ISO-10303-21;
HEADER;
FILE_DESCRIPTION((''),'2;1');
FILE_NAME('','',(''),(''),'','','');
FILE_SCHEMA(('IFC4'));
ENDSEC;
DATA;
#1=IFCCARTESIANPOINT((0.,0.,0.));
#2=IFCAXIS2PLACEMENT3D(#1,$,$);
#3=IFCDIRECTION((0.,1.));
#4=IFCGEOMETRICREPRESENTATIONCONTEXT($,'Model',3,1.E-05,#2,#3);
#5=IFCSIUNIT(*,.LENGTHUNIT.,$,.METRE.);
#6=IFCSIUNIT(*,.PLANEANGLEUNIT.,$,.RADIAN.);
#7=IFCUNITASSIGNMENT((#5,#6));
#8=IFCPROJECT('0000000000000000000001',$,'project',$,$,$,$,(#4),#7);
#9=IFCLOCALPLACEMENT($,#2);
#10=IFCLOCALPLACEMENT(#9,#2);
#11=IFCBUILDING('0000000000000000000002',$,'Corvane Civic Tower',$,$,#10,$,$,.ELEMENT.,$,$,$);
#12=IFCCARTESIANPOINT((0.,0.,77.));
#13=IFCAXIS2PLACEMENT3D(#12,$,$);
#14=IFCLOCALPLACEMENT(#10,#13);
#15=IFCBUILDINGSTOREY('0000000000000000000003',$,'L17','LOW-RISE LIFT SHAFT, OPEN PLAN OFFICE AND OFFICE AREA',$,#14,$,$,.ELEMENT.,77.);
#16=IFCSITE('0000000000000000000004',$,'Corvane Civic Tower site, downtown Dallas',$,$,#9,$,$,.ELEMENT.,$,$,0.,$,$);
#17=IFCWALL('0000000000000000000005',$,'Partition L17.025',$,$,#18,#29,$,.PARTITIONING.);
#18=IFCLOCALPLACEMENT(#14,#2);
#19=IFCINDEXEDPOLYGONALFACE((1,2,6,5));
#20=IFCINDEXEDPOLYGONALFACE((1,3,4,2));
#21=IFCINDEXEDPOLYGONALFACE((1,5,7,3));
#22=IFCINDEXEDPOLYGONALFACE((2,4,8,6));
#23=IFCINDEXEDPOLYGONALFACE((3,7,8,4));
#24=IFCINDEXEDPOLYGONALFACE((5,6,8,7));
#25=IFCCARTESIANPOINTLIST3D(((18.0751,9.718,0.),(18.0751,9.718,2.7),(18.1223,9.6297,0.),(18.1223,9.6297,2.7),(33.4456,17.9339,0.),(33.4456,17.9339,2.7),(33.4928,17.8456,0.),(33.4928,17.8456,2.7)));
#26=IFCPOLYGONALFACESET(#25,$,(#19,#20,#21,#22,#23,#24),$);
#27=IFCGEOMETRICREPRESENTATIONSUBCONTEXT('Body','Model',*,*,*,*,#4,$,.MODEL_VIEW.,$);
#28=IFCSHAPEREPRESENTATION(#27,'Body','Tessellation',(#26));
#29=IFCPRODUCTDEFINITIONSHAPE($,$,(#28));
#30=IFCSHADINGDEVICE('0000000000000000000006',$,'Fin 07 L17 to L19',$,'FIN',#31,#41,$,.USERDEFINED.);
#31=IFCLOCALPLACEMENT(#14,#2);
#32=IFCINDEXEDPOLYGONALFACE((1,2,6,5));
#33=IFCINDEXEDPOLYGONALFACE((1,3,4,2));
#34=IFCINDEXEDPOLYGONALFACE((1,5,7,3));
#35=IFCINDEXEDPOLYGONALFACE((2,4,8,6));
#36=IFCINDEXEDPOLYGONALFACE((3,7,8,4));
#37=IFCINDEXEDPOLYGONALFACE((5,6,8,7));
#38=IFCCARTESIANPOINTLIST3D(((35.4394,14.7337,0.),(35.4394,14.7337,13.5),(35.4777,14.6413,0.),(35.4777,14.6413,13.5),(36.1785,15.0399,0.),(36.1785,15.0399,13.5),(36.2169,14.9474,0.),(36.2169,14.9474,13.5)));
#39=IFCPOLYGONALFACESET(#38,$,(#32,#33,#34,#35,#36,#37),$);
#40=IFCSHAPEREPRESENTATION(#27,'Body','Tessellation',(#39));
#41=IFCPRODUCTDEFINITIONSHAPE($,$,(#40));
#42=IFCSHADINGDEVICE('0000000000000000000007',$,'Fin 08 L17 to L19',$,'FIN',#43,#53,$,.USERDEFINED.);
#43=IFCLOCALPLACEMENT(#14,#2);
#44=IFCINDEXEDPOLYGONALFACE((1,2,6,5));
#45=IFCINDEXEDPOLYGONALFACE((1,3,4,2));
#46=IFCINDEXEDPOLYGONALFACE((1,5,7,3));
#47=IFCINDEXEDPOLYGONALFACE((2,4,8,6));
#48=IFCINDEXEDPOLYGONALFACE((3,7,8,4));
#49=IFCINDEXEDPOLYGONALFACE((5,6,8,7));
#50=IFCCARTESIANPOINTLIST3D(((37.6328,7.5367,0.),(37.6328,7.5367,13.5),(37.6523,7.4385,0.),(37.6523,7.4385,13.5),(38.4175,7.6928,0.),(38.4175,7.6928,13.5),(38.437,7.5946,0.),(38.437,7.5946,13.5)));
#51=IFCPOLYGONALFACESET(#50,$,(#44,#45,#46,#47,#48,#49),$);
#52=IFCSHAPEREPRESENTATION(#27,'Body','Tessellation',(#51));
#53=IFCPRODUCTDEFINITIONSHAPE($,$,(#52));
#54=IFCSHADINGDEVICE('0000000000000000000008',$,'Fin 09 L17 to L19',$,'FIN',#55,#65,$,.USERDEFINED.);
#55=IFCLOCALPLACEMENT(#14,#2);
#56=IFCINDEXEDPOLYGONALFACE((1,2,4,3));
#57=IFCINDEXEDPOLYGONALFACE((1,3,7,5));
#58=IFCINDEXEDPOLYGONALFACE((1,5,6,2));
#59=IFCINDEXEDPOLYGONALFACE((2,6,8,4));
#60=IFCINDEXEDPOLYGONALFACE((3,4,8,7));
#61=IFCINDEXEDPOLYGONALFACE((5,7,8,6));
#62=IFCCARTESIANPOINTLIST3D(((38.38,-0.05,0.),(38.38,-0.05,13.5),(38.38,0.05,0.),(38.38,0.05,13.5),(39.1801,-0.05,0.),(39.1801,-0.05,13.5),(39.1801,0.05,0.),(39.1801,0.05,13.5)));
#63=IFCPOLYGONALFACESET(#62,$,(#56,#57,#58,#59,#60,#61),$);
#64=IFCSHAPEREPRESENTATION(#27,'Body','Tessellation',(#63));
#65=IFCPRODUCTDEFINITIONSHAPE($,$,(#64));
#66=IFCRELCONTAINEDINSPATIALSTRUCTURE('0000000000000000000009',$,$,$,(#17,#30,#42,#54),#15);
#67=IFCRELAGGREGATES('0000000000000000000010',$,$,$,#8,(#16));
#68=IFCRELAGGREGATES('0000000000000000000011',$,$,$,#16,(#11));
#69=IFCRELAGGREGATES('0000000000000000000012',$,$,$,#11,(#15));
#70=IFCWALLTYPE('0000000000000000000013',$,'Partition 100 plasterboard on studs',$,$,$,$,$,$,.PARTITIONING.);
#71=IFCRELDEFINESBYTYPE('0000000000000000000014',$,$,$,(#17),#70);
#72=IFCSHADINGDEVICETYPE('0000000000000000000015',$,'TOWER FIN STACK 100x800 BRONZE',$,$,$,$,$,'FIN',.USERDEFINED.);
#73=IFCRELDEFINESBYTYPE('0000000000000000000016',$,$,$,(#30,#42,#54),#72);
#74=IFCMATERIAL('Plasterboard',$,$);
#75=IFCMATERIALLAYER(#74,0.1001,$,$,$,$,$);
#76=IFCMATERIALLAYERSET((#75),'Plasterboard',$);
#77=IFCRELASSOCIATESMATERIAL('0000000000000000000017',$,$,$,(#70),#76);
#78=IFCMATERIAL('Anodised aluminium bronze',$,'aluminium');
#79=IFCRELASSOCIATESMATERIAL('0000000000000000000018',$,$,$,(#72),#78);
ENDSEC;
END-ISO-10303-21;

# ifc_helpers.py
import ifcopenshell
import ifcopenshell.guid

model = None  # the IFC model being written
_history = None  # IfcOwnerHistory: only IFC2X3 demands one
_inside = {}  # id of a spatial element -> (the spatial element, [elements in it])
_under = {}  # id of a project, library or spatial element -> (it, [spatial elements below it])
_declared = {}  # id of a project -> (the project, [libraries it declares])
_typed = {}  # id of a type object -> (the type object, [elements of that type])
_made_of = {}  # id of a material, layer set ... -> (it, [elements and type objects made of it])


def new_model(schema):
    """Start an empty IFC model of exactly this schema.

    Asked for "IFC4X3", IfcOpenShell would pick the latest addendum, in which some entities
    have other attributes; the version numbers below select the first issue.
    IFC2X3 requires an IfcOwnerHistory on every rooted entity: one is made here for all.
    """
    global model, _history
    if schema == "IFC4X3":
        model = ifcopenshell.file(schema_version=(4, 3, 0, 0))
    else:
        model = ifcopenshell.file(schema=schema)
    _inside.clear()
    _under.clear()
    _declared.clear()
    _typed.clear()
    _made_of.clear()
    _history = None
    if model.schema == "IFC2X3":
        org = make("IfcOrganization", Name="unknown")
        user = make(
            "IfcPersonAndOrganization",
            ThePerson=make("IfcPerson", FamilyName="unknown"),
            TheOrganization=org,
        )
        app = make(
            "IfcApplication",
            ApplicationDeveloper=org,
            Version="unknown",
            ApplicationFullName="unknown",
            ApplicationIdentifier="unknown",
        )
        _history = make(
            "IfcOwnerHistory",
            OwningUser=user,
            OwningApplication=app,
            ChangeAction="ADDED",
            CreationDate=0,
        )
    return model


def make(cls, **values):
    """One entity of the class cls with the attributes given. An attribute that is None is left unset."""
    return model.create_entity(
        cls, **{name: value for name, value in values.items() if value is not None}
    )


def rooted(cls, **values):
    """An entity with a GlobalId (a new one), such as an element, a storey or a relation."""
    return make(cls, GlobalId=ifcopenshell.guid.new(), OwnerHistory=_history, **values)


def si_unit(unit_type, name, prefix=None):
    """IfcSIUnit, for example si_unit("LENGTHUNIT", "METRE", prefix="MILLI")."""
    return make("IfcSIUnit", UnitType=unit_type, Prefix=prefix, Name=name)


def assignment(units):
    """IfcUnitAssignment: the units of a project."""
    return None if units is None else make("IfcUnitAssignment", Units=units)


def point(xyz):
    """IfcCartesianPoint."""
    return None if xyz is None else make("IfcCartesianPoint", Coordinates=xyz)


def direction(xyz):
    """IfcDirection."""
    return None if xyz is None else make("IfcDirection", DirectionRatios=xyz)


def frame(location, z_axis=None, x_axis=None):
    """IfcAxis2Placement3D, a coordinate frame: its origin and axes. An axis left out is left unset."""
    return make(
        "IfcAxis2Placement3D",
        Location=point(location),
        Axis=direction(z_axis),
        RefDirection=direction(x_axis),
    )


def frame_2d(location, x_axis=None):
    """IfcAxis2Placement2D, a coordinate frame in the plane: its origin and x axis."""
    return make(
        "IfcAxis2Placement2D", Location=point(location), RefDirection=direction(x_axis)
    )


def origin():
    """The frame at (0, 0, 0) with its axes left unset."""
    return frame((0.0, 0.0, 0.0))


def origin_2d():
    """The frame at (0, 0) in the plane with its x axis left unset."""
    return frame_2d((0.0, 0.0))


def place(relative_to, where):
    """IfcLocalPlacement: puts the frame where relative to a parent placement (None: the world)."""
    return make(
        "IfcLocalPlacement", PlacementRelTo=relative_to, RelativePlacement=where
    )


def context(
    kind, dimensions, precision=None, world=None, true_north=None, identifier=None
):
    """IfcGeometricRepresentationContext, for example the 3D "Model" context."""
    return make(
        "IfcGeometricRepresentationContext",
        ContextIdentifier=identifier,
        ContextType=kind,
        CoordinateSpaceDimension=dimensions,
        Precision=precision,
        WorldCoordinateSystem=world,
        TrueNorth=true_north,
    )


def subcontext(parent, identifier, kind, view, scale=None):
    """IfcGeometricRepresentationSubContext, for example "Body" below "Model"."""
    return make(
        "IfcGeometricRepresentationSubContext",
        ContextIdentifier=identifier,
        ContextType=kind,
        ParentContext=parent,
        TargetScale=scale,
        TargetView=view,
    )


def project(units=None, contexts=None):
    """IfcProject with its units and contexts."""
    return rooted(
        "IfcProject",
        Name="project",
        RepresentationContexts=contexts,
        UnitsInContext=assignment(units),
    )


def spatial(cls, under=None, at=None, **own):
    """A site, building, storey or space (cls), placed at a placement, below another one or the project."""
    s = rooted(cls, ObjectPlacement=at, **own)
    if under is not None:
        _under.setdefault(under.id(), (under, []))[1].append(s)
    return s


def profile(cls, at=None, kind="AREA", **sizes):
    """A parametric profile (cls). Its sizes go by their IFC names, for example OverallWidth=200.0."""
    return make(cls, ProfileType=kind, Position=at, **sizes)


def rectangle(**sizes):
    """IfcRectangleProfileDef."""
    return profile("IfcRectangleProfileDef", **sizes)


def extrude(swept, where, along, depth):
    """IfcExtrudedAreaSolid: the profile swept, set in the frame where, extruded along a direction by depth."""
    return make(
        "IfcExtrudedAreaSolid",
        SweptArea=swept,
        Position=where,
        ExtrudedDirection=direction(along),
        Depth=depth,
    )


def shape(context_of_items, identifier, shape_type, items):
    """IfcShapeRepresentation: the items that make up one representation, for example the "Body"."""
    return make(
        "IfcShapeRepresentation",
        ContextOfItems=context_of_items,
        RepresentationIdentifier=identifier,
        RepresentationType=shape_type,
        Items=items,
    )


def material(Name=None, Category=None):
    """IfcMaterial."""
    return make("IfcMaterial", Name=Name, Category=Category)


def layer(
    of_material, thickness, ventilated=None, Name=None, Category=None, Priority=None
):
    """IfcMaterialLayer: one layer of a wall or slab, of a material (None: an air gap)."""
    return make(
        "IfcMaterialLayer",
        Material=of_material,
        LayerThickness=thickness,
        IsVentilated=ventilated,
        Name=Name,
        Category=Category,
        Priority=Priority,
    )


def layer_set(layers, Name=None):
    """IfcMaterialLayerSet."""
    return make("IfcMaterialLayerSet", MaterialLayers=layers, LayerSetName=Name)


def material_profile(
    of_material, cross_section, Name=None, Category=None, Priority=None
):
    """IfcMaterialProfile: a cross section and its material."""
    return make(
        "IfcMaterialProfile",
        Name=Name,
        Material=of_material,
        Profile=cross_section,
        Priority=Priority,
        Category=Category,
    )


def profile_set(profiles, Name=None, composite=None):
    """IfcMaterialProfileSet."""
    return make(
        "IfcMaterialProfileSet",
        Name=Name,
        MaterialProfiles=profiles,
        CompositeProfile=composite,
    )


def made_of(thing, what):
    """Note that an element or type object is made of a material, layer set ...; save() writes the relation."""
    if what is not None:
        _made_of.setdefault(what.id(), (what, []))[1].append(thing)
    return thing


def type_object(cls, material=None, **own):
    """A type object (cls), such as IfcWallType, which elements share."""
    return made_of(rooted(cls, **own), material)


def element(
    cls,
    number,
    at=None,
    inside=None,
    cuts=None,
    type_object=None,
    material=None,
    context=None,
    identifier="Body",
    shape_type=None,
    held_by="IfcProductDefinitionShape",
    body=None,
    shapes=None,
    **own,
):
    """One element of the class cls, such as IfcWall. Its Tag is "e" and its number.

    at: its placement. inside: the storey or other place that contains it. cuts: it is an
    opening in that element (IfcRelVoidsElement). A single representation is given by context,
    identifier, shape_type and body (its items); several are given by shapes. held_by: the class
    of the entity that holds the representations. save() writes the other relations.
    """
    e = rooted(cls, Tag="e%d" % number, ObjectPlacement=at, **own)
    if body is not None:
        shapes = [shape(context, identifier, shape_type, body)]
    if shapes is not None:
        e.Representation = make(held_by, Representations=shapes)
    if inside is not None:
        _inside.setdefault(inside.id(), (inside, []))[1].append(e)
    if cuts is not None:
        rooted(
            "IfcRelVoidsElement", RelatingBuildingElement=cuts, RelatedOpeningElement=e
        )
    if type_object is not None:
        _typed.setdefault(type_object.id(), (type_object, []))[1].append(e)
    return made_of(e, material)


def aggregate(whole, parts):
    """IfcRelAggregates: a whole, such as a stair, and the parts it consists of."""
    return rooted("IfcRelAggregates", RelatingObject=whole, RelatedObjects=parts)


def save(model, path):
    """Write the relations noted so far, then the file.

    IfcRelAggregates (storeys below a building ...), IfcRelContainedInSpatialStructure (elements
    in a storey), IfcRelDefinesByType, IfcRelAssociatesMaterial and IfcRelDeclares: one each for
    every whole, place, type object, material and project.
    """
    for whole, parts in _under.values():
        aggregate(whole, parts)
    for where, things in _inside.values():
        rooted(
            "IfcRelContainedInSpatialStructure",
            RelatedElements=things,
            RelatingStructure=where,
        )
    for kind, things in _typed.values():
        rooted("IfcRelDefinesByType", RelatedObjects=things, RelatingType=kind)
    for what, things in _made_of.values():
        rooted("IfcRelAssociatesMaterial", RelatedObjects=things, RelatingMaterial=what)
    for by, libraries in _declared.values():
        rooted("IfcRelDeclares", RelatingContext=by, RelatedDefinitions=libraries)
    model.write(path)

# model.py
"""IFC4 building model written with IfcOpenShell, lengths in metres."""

from ifc_helpers import new_model, si_unit, direction, frame, frame_2d, origin, origin_2d, place, context, subcontext, project, spatial, rectangle, extrude, material, layer, layer_set, material_profile, profile_set, type_object, element, save


model = new_model("IFC4")

# Units and contexts
model_context = context("Model", 3, precision=1e-05, world=origin(), true_north=direction((0.0, 1.0)))
body_context = subcontext(model_context, "Body", "Model", "MODEL_VIEW")
ifc_project = project(units=[si_unit("LENGTHUNIT", "METRE"), si_unit("PLANEANGLEUNIT", "RADIAN")], contexts=[model_context])

# Site, building, storey
site_placement = place(None, origin())
site = spatial("IfcSite", under=ifc_project, at=site_placement, Name="Corvane Civic Tower site, downtown Dallas", CompositionType="ELEMENT", RefElevation=0.0)
building_placement = place(site_placement, origin())
building = spatial("IfcBuilding", under=site, at=building_placement, Name="Corvane Civic Tower", CompositionType="ELEMENT")
storey_placement = place(building_placement, frame((0.0, 0.0, 77.0)))
storey = spatial("IfcBuildingStorey", under=building, at=storey_placement, Name="L17", Description="LOW-RISE LIFT SHAFT, OPEN PLAN OFFICE AND OFFICE AREA", CompositionType="ELEMENT", Elevation=77.0)

# Shared definitions
ifc_material_1 = material(Name="Plasterboard")
ifc_layer_1 = layer(ifc_material_1, 0.1001)
ifc_layer_set_1 = layer_set([ifc_layer_1], Name="Plasterboard")
wall_type = type_object("IfcWallType", Name="Partition 100 plasterboard on studs", PredefinedType="PARTITIONING", material=ifc_layer_set_1)

# Wall
wall_1_placement = place(storey_placement, frame((18.0986, 9.6738, 0.0), z_axis=(0.0, 0.0, 1.0), x_axis=(0.881917, 0.471405, 0.0)))
element("IfcWall", 1, at=wall_1_placement, inside=storey, type_object=wall_type, Name="Partition L17.025", PredefinedType="PARTITIONING", context=body_context, shape_type="SweptSolid", body=[
    extrude(rectangle(XDim=17.4285, YDim=0.1001, at=frame_2d((8.7144, 0.0))), origin(), (0.0, 0.0, 1.0), 2.7),
])

# Shading devices
ifc_material_2 = material(Name="Anodised aluminium bronze", Category="aluminium")
ifc_material_profile_1 = material_profile(ifc_material_2, rectangle(XDim=0.1001, YDim=0.8, at=origin_2d()), Name="TOWER FIN STACK 100x800 BRONZE")
ifc_profile_set_1 = profile_set([ifc_material_profile_1], Name="Anodised aluminium bronze")
shading_device_type = type_object("IfcShadingDeviceType", Name="TOWER FIN STACK 100x800 BRONZE", ElementType="FIN", PredefinedType="USERDEFINED", material=ifc_profile_set_1)
for number, where, z_axis, x_axis, name in (
    (2, (35.8281, 14.8406, 0.0), (0.0, 0.0, 1.0), (0.382683, -0.92388, 0.0), "Fin 07 L17 to L19"),
    (3, (38.0349, 7.5657, 0.0), (0.0, 0.0, 1.0), (0.19509, -0.980785, 0.0), "Fin 08 L17 to L19"),
    (4, (38.78, 0.0, 0.0), (0.0, 0.0, 1.0), (0.0, -1.0, 0.0), "Fin 09 L17 to L19"),
):
    element("IfcShadingDevice", number, at=place(storey_placement, frame(where, z_axis=z_axis, x_axis=x_axis)), inside=storey, type_object=shading_device_type, Name=name, ObjectType="FIN", PredefinedType="USERDEFINED", context=body_context, shape_type="SweptSolid", body=[
        extrude(rectangle(XDim=0.1001, YDim=0.8, at=origin_2d()), origin(), (0.0, 0.0, 1.0), 13.5),
    ])

save(model, "model.ifc")
